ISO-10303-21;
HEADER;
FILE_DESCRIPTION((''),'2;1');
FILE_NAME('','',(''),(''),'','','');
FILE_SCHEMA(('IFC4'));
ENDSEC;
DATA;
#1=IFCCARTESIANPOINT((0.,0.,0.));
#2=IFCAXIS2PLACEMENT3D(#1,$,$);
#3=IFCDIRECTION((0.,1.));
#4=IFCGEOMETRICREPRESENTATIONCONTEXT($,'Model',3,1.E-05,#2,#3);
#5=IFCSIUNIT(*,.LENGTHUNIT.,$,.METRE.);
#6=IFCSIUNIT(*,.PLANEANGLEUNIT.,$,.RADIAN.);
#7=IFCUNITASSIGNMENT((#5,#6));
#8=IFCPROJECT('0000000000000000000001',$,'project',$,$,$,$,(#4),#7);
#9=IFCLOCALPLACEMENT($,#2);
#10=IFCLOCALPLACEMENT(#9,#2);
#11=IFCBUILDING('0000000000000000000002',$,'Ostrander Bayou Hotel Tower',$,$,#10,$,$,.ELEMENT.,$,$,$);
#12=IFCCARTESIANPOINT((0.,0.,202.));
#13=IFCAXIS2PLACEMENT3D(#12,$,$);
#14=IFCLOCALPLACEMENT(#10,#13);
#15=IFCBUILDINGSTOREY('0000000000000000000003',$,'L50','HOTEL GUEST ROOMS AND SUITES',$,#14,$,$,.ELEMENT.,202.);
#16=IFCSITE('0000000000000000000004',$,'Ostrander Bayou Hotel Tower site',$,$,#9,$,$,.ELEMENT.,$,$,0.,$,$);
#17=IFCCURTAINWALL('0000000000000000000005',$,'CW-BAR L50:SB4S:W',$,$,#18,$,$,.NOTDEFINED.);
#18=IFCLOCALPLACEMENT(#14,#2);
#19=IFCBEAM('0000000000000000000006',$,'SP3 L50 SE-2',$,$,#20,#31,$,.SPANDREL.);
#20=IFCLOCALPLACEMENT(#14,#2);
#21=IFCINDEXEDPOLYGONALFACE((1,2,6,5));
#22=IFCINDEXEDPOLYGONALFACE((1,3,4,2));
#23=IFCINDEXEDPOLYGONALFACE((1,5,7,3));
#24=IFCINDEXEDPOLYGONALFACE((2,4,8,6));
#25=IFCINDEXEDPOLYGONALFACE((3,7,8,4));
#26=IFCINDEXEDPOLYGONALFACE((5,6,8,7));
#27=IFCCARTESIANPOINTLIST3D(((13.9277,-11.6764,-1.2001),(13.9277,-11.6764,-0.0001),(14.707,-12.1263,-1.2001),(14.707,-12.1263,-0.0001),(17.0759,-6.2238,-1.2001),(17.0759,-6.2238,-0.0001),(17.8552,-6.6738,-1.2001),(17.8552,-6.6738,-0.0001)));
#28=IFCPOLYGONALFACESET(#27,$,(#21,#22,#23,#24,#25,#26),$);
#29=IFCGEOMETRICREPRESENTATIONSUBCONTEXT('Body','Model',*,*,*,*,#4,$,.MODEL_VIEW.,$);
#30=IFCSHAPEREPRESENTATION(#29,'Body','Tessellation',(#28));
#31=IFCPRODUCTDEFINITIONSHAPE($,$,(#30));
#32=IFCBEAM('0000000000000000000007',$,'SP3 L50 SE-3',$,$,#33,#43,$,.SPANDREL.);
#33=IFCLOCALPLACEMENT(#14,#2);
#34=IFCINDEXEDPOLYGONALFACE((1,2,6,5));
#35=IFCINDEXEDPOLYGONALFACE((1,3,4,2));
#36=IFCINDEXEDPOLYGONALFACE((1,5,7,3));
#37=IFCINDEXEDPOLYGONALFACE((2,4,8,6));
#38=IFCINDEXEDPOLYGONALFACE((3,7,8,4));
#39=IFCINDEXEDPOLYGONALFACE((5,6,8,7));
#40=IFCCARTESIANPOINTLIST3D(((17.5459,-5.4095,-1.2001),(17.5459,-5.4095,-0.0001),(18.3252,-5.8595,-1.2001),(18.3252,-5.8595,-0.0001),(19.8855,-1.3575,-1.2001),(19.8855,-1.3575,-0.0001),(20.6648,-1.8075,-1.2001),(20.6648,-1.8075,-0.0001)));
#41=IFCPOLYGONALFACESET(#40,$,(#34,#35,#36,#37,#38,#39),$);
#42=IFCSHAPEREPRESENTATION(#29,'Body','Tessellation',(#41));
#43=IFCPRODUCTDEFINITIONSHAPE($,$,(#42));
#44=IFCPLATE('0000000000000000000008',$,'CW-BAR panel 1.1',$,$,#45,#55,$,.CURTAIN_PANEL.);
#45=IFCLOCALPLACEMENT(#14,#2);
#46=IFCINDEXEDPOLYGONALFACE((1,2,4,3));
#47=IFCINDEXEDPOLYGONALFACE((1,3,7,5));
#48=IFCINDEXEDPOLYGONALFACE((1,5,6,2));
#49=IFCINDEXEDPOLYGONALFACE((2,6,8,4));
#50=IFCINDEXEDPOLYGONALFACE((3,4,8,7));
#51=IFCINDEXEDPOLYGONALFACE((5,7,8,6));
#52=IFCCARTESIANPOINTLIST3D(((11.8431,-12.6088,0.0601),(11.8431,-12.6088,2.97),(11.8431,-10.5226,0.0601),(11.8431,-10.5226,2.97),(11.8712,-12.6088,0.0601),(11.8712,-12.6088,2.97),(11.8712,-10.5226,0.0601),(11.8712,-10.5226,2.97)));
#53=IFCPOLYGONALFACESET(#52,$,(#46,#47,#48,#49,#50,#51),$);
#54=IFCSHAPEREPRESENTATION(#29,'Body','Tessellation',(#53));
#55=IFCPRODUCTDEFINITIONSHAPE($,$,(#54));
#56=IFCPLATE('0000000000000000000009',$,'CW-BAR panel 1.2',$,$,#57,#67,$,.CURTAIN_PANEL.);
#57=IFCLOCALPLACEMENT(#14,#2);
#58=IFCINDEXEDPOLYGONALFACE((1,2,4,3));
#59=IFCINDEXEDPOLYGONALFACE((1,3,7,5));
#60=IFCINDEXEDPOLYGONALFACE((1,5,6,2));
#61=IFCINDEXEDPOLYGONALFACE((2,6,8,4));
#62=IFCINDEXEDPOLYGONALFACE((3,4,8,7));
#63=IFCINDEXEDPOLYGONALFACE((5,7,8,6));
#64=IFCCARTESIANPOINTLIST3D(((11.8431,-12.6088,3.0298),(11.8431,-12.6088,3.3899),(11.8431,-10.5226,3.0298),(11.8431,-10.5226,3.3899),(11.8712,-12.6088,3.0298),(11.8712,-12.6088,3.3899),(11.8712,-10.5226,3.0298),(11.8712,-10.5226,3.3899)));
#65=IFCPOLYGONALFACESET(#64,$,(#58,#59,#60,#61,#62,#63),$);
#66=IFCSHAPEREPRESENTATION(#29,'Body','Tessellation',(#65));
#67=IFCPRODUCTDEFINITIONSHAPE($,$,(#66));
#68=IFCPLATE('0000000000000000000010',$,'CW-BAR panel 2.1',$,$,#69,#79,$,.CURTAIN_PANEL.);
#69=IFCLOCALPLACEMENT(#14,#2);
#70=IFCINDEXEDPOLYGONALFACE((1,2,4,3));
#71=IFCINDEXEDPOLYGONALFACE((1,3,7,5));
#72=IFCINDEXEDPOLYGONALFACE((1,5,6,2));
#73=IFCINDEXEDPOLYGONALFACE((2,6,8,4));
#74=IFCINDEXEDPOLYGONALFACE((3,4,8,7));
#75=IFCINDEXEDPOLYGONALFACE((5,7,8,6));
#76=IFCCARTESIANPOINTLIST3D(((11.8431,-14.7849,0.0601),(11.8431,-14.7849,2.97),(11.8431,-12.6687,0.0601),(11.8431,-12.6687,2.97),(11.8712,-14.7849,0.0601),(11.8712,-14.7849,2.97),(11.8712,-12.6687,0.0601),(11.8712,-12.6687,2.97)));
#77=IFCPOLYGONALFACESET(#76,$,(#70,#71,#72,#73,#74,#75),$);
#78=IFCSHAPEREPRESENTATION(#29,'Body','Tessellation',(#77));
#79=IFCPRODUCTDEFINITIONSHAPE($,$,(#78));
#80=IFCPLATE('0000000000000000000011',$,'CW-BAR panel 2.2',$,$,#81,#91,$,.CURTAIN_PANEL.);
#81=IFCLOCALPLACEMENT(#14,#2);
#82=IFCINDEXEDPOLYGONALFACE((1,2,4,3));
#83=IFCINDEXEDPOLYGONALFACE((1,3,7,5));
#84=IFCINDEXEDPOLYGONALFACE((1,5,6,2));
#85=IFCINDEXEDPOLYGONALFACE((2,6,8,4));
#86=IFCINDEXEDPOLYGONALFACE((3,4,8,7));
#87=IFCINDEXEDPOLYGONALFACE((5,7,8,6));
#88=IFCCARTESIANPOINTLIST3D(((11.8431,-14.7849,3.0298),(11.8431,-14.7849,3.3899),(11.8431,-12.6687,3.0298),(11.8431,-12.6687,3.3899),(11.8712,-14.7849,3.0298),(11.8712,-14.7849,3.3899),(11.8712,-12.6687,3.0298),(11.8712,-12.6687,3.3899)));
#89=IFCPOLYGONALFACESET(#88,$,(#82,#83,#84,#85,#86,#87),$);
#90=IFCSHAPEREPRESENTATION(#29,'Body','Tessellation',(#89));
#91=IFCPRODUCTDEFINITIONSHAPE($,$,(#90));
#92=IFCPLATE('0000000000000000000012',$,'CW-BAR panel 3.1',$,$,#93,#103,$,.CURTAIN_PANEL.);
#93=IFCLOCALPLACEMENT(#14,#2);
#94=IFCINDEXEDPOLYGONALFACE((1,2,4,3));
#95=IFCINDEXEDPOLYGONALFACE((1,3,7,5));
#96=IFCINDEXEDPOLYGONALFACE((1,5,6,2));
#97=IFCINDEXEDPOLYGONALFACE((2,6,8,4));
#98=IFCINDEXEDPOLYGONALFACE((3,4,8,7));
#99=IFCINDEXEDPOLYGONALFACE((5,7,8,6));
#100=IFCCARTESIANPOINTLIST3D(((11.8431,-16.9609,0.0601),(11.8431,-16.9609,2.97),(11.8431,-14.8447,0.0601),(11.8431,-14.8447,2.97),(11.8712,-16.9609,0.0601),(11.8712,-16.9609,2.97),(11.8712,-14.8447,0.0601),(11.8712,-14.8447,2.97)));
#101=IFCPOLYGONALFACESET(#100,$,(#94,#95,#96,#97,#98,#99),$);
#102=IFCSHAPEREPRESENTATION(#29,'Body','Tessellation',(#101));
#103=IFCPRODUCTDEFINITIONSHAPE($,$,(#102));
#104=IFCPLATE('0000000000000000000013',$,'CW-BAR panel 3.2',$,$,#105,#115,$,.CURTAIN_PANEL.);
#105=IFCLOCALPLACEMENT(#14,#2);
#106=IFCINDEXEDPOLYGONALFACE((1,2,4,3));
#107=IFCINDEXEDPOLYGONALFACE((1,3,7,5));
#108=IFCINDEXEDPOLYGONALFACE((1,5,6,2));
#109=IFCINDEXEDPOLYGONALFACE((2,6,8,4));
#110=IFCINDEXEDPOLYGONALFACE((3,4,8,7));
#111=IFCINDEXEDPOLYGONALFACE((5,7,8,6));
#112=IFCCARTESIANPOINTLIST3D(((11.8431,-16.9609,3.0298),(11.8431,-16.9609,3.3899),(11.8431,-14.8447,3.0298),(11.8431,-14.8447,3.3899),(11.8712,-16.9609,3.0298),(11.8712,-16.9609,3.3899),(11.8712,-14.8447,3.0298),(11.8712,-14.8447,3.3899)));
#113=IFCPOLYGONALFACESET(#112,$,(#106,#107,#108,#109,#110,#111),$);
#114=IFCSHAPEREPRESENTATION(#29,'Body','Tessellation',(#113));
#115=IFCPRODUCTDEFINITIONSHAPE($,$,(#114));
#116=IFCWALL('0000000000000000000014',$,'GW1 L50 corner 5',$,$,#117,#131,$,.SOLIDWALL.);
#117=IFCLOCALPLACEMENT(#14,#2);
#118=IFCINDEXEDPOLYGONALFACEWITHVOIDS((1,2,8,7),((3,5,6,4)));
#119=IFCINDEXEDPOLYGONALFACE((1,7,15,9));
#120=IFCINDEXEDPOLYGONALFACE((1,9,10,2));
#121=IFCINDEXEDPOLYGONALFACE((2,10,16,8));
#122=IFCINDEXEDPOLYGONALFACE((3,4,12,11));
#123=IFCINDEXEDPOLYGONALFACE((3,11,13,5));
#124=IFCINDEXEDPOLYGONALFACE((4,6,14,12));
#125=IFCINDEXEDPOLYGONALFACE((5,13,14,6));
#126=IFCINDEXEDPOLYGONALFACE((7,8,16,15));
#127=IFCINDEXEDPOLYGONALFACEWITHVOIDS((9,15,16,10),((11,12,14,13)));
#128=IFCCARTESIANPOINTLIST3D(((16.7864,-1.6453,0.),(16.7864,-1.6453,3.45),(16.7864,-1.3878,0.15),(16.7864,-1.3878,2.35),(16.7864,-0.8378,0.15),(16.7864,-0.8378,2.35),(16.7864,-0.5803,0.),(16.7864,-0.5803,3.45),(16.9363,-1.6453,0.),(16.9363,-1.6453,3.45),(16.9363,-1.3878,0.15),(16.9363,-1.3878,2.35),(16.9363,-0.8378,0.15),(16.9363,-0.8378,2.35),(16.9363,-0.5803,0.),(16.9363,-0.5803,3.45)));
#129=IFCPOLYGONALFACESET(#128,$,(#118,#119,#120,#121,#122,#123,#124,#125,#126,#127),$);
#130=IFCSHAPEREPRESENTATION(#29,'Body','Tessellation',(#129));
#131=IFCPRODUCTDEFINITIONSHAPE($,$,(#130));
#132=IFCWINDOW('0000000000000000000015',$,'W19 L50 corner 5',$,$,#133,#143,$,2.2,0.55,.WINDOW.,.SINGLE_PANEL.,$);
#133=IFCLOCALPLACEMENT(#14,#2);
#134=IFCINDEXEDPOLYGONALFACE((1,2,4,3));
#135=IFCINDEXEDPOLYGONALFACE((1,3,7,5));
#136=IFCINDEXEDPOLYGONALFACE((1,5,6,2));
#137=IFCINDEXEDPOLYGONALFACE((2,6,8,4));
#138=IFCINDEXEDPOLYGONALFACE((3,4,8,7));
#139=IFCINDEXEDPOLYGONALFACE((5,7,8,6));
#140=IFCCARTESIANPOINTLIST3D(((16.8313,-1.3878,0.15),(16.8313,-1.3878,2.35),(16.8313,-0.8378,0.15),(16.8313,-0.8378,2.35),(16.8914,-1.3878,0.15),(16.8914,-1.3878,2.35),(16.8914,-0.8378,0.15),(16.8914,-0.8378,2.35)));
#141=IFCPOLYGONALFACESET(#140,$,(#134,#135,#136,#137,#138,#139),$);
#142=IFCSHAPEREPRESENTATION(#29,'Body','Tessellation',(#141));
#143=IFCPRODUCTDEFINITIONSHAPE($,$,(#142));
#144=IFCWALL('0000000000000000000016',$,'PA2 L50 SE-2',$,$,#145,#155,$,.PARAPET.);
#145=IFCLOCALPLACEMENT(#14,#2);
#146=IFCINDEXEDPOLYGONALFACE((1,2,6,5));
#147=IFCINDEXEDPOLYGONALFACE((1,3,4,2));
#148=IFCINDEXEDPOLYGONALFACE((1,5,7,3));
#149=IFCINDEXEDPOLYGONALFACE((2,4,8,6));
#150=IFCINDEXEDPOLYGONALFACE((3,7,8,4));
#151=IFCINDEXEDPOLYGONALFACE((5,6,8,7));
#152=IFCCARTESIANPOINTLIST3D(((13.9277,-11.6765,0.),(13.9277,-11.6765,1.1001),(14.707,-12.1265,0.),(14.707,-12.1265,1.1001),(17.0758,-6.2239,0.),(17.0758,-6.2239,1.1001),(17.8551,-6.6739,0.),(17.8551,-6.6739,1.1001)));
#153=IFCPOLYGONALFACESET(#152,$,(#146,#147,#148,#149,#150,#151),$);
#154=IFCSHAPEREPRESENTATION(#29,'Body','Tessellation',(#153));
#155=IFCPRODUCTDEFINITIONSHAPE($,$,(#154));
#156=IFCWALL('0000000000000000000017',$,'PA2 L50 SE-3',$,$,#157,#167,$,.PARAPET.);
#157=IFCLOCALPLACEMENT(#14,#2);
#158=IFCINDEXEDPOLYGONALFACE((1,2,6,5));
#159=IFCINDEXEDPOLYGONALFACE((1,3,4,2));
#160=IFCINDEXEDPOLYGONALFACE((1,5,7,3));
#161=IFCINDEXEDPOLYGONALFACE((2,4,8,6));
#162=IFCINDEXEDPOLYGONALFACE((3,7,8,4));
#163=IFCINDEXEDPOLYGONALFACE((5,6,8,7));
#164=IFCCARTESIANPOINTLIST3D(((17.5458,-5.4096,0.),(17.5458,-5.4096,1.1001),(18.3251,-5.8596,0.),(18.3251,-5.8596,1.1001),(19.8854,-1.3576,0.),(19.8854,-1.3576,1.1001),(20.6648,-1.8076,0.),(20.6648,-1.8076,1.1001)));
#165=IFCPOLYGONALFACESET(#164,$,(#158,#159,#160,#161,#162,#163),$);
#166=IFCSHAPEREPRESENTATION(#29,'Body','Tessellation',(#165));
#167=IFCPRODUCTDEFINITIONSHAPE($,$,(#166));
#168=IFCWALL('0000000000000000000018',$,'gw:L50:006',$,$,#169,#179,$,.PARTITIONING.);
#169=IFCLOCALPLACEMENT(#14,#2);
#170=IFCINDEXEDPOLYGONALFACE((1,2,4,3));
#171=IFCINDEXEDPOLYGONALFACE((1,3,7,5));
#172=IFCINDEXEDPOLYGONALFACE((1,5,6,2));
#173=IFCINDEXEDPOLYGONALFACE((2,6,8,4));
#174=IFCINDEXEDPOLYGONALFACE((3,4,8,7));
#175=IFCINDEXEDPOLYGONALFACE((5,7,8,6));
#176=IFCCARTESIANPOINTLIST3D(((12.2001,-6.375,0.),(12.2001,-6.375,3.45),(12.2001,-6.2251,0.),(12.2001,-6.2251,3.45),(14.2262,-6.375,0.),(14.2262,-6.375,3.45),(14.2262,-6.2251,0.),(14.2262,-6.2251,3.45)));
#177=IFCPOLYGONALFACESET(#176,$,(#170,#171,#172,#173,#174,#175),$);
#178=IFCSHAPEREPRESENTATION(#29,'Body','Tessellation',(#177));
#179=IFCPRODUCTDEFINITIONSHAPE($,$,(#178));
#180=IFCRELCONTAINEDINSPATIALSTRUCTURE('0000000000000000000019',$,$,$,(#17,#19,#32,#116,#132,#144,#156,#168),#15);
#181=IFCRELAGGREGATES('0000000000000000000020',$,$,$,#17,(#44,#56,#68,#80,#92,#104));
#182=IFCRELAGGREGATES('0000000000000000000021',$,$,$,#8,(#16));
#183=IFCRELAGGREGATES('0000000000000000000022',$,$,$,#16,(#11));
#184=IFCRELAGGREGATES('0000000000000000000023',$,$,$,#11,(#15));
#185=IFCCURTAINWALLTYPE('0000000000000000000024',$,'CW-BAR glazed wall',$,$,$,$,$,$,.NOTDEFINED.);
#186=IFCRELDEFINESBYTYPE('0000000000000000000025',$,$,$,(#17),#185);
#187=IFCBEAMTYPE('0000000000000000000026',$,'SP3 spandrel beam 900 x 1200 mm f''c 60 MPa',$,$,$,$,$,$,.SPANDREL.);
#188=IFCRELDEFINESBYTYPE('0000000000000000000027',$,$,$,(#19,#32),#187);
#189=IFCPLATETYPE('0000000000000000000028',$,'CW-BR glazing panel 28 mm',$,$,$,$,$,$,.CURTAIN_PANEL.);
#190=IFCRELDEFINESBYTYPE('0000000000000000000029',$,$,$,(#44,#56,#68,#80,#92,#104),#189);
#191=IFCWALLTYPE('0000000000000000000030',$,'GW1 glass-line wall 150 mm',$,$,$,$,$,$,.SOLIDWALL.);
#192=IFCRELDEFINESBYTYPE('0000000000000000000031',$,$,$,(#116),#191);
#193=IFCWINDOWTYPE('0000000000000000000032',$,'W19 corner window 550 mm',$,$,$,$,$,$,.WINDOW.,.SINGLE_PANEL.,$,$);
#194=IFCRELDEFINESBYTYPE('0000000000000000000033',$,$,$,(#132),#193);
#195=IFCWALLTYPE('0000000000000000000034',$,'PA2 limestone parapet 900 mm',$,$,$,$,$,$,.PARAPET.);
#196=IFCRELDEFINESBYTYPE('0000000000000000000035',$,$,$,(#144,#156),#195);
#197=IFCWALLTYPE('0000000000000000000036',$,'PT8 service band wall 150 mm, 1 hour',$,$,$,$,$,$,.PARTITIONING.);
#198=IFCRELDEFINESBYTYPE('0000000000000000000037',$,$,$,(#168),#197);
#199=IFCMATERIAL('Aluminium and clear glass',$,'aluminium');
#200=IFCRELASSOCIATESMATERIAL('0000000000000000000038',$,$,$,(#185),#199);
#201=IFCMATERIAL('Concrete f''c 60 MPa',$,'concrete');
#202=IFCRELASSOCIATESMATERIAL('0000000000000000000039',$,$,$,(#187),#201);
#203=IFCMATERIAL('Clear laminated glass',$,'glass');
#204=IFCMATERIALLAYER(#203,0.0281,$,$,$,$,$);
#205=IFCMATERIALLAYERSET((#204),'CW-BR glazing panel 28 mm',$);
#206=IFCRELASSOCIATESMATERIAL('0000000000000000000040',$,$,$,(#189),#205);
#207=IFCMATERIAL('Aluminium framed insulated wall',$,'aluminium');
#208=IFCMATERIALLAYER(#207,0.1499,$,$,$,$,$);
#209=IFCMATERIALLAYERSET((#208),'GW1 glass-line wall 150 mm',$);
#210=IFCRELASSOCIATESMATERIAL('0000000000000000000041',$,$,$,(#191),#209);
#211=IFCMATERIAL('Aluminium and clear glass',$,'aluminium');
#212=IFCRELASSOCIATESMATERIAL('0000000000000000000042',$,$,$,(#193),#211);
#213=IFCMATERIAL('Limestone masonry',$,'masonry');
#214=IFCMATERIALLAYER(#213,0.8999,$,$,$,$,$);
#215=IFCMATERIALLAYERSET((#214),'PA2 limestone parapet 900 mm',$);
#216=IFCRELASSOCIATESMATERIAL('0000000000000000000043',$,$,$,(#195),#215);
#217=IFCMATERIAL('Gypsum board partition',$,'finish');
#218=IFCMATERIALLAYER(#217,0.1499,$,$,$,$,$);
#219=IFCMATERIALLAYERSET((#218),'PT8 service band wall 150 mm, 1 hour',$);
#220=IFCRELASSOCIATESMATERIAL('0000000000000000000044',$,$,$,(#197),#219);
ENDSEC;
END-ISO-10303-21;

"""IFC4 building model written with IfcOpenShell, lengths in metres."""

from ifc_helpers import new_model, si_unit, direction, frame, frame_2d, origin, origin_2d, place, context, subcontext, project, spatial, rectangle, extrude, material, layer, layer_set, material_profile, profile_set, type_object, element, fill, aggregate, save


model = new_model("IFC4")

# Units and contexts
model_context = context("Model", 3, precision=1e-05, world=origin(), true_north=direction((0.0, 1.0)))
body_context = subcontext(model_context, "Body", "Model", "MODEL_VIEW")
ifc_project = project(units=[si_unit("LENGTHUNIT", "METRE"), si_unit("PLANEANGLEUNIT", "RADIAN")], contexts=[model_context])

# Site, building, storey
site_placement = place(None, origin())
site = spatial("IfcSite", under=ifc_project, at=site_placement, Name="Ostrander Bayou Hotel Tower site", CompositionType="ELEMENT", RefElevation=0.0)
building_placement = place(site_placement, origin())
building = spatial("IfcBuilding", under=site, at=building_placement, Name="Ostrander Bayou Hotel Tower", CompositionType="ELEMENT")
storey_placement = place(building_placement, frame((0.0, 0.0, 202.0)))
storey = spatial("IfcBuildingStorey", under=building, at=storey_placement, Name="L50", Description="HOTEL GUEST ROOMS AND SUITES", CompositionType="ELEMENT", Elevation=202.0)

# Curtain wall
ifc_material_1 = material(Name="Aluminium and clear glass", Category="aluminium")
curtain_wall_type = type_object("IfcCurtainWallType", Name="CW-BAR glazed wall", PredefinedType="NOTDEFINED", material=ifc_material_1)
curtain_wall_placement = place(storey_placement, origin())
curtain_wall = element("IfcCurtainWall", 1, at=curtain_wall_placement, inside=storey, type_object=curtain_wall_type, Name="CW-BAR L50:SB4S:W", PredefinedType="NOTDEFINED")

# Beams
ifc_material_2 = material(Name="Concrete f'c 60 MPa", Category="concrete")
ifc_material_profile_1 = material_profile(ifc_material_2, rectangle(XDim=0.8999, YDim=1.2, at=origin_2d()))
ifc_profile_set_1 = profile_set([ifc_material_profile_1], Name="Concrete f'c 60 MPa")
beam_type_1 = type_object("IfcBeamType", Name="SP3 spandrel beam 900 x 1200 mm f'c 60 MPa", PredefinedType="SPANDREL", material=ifc_profile_set_1)
beam_1_placement = place(storey_placement, frame((14.3174, -11.9014, -0.6001), z_axis=(0.500013, 0.866018, 0.0), x_axis=(-0.866018, 0.500013, 0.0)))
element("IfcBeam", 2, at=beam_1_placement, inside=storey, type_object=beam_type_1, Name="SP3 L50 SE-2", PredefinedType="SPANDREL", context=body_context, shape_type="SweptSolid", body=[
    extrude(rectangle(XDim=0.8999, YDim=1.2, at=origin_2d()), origin(), (0.0, 0.0, 1.0), 6.2961),
])
beam_2_placement = place(storey_placement, frame((17.9355, -5.6345, -0.6001), z_axis=(0.500028, 0.866009, 0.0), x_axis=(-0.866009, 0.500028, 0.0)))
element("IfcBeam", 3, at=beam_2_placement, inside=storey, type_object=beam_type_1, Name="SP3 L50 SE-3", PredefinedType="SPANDREL", context=body_context, shape_type="SweptSolid", body=[
    extrude(rectangle(XDim=0.8999, YDim=1.2, at=origin_2d()), origin(), (0.0, 0.0, 1.0), 4.679),
])

# Plates
ifc_material_3 = material(Name="Clear laminated glass", Category="glass")
ifc_layer_1 = layer(ifc_material_3, 0.0281)
ifc_layer_set_1 = layer_set([ifc_layer_1], Name="CW-BR glazing panel 28 mm")
plate_type = type_object("IfcPlateType", Name="CW-BR glazing panel 28 mm", PredefinedType="CURTAIN_PANEL", material=ifc_layer_set_1)
plate_1_placement = place(storey_placement, frame((11.8572, -11.5657, 0.0601), z_axis=(0.0, 0.0, 1.0), x_axis=(0.0, -1.0, 0.0)))
plate_1 = element("IfcPlate", 4, at=plate_1_placement, type_object=plate_type, Name="CW-BAR panel 1.1", PredefinedType="CURTAIN_PANEL", context=body_context, shape_type="SweptSolid", body=[
    extrude(rectangle(XDim=2.0862, YDim=0.0281, at=origin_2d()), origin(), (0.0, 0.0, 1.0), 2.9099),
])
plate_2_placement = place(storey_placement, frame((11.8572, -11.5657, 3.0298), z_axis=(0.0, 0.0, 1.0), x_axis=(0.0, -1.0, 0.0)))
plate_2 = element("IfcPlate", 5, at=plate_2_placement, type_object=plate_type, Name="CW-BAR panel 1.2", PredefinedType="CURTAIN_PANEL", context=body_context, shape_type="SweptSolid", body=[
    extrude(rectangle(XDim=2.0862, YDim=0.0281, at=origin_2d()), origin(), (0.0, 0.0, 1.0), 0.3601),
])
plate_3_placement = place(storey_placement, frame((11.8572, -13.7268, 0.0601), z_axis=(0.0, 0.0, 1.0), x_axis=(0.0, -1.0, 0.0)))
plate_3 = element("IfcPlate", 6, at=plate_3_placement, type_object=plate_type, Name="CW-BAR panel 2.1", PredefinedType="CURTAIN_PANEL", context=body_context, shape_type="SweptSolid", body=[
    extrude(rectangle(XDim=2.1162, YDim=0.0281, at=origin_2d()), origin(), (0.0, 0.0, 1.0), 2.9099),
])
plate_4_placement = place(storey_placement, frame((11.8572, -13.7268, 3.0298), z_axis=(0.0, 0.0, 1.0), x_axis=(0.0, -1.0, 0.0)))
plate_4 = element("IfcPlate", 7, at=plate_4_placement, type_object=plate_type, Name="CW-BAR panel 2.2", PredefinedType="CURTAIN_PANEL", context=body_context, shape_type="SweptSolid", body=[
    extrude(rectangle(XDim=2.1162, YDim=0.0281, at=origin_2d()), origin(), (0.0, 0.0, 1.0), 0.3601),
])
plate_5_placement = place(storey_placement, frame((11.8572, -15.9028, 0.0601), z_axis=(0.0, 0.0, 1.0), x_axis=(0.0, -1.0, 0.0)))
plate_5 = element("IfcPlate", 8, at=plate_5_placement, type_object=plate_type, Name="CW-BAR panel 3.1", PredefinedType="CURTAIN_PANEL", context=body_context, shape_type="SweptSolid", body=[
    extrude(rectangle(XDim=2.1162, YDim=0.0281, at=origin_2d()), origin(), (0.0, 0.0, 1.0), 2.9099),
])
plate_6_placement = place(storey_placement, frame((11.8572, -15.9028, 3.0298), z_axis=(0.0, 0.0, 1.0), x_axis=(0.0, -1.0, 0.0)))
plate_6 = element("IfcPlate", 9, at=plate_6_placement, type_object=plate_type, Name="CW-BAR panel 3.2", PredefinedType="CURTAIN_PANEL", context=body_context, shape_type="SweptSolid", body=[
    extrude(rectangle(XDim=2.1162, YDim=0.0281, at=origin_2d()), origin(), (0.0, 0.0, 1.0), 0.3601),
])
aggregate(curtain_wall, [plate_1, plate_2, plate_3, plate_4, plate_5, plate_6])

# Wall, opening, window
ifc_material_4 = material(Name="Aluminium framed insulated wall", Category="aluminium")
ifc_layer_2 = layer(ifc_material_4, 0.1499)
ifc_layer_set_2 = layer_set([ifc_layer_2], Name="GW1 glass-line wall 150 mm")
wall_type_1 = type_object("IfcWallType", Name="GW1 glass-line wall 150 mm", PredefinedType="SOLIDWALL", material=ifc_layer_set_2)
wall_1_placement = place(storey_placement, frame((16.8613, -1.6453, 0.0), z_axis=(0.0, 0.0, 1.0), x_axis=(0.0, 1.0, 0.0)))
wall_1 = element("IfcWall", 10, at=wall_1_placement, inside=storey, type_object=wall_type_1, Name="GW1 L50 corner 5", PredefinedType="SOLIDWALL", context=body_context, shape_type="SweptSolid", body=[
    extrude(rectangle(XDim=1.0649, YDim=0.1499, at=frame_2d((0.5325, 0.0))), origin(), (0.0, 0.0, 1.0), 3.45),
])
opening_1_placement = place(wall_1_placement, frame((0.2576, 0.0, 0.1499)))
opening_1 = element("IfcOpeningElement", 11, at=opening_1_placement, cuts=wall_1, PredefinedType="OPENING", context=body_context, shape_type="SweptSolid", body=[
    extrude(rectangle(XDim=0.55, YDim=2.2, at=frame_2d((0.2749, 1.1001))), frame((0.0, 0.075, 0.0), z_axis=(0.0, -1.0, 0.0), x_axis=(1.0, 0.0, 0.0)), (0.0, 0.0, 1.0), 0.1499),
])
ifc_material_5 = material(Name="Aluminium and clear glass", Category="aluminium")
window_type = type_object("IfcWindowType", Name="W19 corner window 550 mm", PartitioningType="SINGLE_PANEL", PredefinedType="WINDOW", material=ifc_material_5)
window_placement = place(opening_1_placement, origin())
window = element("IfcWindow", 12, at=window_placement, inside=storey, type_object=window_type, Name="W19 L50 corner 5", OverallHeight=2.2, OverallWidth=0.55, PartitioningType="SINGLE_PANEL", PredefinedType="WINDOW", context=body_context, shape_type="SweptSolid", body=[
    extrude(rectangle(XDim=0.55, YDim=2.2, at=frame_2d((0.2749, 1.1001))), frame((0.0, 0.03, 0.0), z_axis=(0.0, -1.0, 0.0), x_axis=(1.0, 0.0, 0.0)), (0.0, 0.0, 1.0), 0.0601),
])
fill(opening_1, window)

# Walls
ifc_material_6 = material(Name="Limestone masonry", Category="masonry")
ifc_layer_3 = layer(ifc_material_6, 0.8999)
ifc_layer_set_3 = layer_set([ifc_layer_3], Name="PA2 limestone parapet 900 mm")
wall_type_2 = type_object("IfcWallType", Name="PA2 limestone parapet 900 mm", PredefinedType="PARAPET", material=ifc_layer_set_3)
wall_2_placement = place(storey_placement, frame((14.3174, -11.9014, 0.0), z_axis=(0.0, 0.0, 1.0), x_axis=(0.500013, 0.866018, 0.0)))
element("IfcWall", 13, at=wall_2_placement, inside=storey, type_object=wall_type_2, Name="PA2 L50 SE-2", PredefinedType="PARAPET", context=body_context, shape_type="SweptSolid", body=[
    extrude(rectangle(XDim=6.2961, YDim=0.8999, at=frame_2d((3.1479, 0.0))), origin(), (0.0, 0.0, 1.0), 1.1001),
])
wall_3_placement = place(storey_placement, frame((17.9355, -5.6345, 0.0), z_axis=(0.0, 0.0, 1.0), x_axis=(0.500028, 0.866009, 0.0)))
element("IfcWall", 14, at=wall_3_placement, inside=storey, type_object=wall_type_2, Name="PA2 L50 SE-3", PredefinedType="PARAPET", context=body_context, shape_type="SweptSolid", body=[
    extrude(rectangle(XDim=4.679, YDim=0.8999, at=frame_2d((2.3394, 0.0))), origin(), (0.0, 0.0, 1.0), 1.1001),
])
ifc_material_7 = material(Name="Gypsum board partition", Category="finish")
ifc_layer_4 = layer(ifc_material_7, 0.1499)
ifc_layer_set_4 = layer_set([ifc_layer_4], Name="PT8 service band wall 150 mm, 1 hour")
wall_type_3 = type_object("IfcWallType", Name="PT8 service band wall 150 mm, 1 hour", PredefinedType="PARTITIONING", material=ifc_layer_set_4)
wall_4_placement = place(storey_placement, frame((12.2, -6.3, 0.0), z_axis=(0.0, 0.0, 1.0), x_axis=(1.0, 0.0, 0.0)))
element("IfcWall", 15, at=wall_4_placement, inside=storey, type_object=wall_type_3, Name="gw:L50:006", PredefinedType="PARTITIONING", context=body_context, shape_type="SweptSolid", body=[
    extrude(rectangle(XDim=2.0261, YDim=0.1499, at=frame_2d((1.0132, 0.0))), origin(), (0.0, 0.0, 1.0), 3.45),
])

save(model, "model.ifc")
